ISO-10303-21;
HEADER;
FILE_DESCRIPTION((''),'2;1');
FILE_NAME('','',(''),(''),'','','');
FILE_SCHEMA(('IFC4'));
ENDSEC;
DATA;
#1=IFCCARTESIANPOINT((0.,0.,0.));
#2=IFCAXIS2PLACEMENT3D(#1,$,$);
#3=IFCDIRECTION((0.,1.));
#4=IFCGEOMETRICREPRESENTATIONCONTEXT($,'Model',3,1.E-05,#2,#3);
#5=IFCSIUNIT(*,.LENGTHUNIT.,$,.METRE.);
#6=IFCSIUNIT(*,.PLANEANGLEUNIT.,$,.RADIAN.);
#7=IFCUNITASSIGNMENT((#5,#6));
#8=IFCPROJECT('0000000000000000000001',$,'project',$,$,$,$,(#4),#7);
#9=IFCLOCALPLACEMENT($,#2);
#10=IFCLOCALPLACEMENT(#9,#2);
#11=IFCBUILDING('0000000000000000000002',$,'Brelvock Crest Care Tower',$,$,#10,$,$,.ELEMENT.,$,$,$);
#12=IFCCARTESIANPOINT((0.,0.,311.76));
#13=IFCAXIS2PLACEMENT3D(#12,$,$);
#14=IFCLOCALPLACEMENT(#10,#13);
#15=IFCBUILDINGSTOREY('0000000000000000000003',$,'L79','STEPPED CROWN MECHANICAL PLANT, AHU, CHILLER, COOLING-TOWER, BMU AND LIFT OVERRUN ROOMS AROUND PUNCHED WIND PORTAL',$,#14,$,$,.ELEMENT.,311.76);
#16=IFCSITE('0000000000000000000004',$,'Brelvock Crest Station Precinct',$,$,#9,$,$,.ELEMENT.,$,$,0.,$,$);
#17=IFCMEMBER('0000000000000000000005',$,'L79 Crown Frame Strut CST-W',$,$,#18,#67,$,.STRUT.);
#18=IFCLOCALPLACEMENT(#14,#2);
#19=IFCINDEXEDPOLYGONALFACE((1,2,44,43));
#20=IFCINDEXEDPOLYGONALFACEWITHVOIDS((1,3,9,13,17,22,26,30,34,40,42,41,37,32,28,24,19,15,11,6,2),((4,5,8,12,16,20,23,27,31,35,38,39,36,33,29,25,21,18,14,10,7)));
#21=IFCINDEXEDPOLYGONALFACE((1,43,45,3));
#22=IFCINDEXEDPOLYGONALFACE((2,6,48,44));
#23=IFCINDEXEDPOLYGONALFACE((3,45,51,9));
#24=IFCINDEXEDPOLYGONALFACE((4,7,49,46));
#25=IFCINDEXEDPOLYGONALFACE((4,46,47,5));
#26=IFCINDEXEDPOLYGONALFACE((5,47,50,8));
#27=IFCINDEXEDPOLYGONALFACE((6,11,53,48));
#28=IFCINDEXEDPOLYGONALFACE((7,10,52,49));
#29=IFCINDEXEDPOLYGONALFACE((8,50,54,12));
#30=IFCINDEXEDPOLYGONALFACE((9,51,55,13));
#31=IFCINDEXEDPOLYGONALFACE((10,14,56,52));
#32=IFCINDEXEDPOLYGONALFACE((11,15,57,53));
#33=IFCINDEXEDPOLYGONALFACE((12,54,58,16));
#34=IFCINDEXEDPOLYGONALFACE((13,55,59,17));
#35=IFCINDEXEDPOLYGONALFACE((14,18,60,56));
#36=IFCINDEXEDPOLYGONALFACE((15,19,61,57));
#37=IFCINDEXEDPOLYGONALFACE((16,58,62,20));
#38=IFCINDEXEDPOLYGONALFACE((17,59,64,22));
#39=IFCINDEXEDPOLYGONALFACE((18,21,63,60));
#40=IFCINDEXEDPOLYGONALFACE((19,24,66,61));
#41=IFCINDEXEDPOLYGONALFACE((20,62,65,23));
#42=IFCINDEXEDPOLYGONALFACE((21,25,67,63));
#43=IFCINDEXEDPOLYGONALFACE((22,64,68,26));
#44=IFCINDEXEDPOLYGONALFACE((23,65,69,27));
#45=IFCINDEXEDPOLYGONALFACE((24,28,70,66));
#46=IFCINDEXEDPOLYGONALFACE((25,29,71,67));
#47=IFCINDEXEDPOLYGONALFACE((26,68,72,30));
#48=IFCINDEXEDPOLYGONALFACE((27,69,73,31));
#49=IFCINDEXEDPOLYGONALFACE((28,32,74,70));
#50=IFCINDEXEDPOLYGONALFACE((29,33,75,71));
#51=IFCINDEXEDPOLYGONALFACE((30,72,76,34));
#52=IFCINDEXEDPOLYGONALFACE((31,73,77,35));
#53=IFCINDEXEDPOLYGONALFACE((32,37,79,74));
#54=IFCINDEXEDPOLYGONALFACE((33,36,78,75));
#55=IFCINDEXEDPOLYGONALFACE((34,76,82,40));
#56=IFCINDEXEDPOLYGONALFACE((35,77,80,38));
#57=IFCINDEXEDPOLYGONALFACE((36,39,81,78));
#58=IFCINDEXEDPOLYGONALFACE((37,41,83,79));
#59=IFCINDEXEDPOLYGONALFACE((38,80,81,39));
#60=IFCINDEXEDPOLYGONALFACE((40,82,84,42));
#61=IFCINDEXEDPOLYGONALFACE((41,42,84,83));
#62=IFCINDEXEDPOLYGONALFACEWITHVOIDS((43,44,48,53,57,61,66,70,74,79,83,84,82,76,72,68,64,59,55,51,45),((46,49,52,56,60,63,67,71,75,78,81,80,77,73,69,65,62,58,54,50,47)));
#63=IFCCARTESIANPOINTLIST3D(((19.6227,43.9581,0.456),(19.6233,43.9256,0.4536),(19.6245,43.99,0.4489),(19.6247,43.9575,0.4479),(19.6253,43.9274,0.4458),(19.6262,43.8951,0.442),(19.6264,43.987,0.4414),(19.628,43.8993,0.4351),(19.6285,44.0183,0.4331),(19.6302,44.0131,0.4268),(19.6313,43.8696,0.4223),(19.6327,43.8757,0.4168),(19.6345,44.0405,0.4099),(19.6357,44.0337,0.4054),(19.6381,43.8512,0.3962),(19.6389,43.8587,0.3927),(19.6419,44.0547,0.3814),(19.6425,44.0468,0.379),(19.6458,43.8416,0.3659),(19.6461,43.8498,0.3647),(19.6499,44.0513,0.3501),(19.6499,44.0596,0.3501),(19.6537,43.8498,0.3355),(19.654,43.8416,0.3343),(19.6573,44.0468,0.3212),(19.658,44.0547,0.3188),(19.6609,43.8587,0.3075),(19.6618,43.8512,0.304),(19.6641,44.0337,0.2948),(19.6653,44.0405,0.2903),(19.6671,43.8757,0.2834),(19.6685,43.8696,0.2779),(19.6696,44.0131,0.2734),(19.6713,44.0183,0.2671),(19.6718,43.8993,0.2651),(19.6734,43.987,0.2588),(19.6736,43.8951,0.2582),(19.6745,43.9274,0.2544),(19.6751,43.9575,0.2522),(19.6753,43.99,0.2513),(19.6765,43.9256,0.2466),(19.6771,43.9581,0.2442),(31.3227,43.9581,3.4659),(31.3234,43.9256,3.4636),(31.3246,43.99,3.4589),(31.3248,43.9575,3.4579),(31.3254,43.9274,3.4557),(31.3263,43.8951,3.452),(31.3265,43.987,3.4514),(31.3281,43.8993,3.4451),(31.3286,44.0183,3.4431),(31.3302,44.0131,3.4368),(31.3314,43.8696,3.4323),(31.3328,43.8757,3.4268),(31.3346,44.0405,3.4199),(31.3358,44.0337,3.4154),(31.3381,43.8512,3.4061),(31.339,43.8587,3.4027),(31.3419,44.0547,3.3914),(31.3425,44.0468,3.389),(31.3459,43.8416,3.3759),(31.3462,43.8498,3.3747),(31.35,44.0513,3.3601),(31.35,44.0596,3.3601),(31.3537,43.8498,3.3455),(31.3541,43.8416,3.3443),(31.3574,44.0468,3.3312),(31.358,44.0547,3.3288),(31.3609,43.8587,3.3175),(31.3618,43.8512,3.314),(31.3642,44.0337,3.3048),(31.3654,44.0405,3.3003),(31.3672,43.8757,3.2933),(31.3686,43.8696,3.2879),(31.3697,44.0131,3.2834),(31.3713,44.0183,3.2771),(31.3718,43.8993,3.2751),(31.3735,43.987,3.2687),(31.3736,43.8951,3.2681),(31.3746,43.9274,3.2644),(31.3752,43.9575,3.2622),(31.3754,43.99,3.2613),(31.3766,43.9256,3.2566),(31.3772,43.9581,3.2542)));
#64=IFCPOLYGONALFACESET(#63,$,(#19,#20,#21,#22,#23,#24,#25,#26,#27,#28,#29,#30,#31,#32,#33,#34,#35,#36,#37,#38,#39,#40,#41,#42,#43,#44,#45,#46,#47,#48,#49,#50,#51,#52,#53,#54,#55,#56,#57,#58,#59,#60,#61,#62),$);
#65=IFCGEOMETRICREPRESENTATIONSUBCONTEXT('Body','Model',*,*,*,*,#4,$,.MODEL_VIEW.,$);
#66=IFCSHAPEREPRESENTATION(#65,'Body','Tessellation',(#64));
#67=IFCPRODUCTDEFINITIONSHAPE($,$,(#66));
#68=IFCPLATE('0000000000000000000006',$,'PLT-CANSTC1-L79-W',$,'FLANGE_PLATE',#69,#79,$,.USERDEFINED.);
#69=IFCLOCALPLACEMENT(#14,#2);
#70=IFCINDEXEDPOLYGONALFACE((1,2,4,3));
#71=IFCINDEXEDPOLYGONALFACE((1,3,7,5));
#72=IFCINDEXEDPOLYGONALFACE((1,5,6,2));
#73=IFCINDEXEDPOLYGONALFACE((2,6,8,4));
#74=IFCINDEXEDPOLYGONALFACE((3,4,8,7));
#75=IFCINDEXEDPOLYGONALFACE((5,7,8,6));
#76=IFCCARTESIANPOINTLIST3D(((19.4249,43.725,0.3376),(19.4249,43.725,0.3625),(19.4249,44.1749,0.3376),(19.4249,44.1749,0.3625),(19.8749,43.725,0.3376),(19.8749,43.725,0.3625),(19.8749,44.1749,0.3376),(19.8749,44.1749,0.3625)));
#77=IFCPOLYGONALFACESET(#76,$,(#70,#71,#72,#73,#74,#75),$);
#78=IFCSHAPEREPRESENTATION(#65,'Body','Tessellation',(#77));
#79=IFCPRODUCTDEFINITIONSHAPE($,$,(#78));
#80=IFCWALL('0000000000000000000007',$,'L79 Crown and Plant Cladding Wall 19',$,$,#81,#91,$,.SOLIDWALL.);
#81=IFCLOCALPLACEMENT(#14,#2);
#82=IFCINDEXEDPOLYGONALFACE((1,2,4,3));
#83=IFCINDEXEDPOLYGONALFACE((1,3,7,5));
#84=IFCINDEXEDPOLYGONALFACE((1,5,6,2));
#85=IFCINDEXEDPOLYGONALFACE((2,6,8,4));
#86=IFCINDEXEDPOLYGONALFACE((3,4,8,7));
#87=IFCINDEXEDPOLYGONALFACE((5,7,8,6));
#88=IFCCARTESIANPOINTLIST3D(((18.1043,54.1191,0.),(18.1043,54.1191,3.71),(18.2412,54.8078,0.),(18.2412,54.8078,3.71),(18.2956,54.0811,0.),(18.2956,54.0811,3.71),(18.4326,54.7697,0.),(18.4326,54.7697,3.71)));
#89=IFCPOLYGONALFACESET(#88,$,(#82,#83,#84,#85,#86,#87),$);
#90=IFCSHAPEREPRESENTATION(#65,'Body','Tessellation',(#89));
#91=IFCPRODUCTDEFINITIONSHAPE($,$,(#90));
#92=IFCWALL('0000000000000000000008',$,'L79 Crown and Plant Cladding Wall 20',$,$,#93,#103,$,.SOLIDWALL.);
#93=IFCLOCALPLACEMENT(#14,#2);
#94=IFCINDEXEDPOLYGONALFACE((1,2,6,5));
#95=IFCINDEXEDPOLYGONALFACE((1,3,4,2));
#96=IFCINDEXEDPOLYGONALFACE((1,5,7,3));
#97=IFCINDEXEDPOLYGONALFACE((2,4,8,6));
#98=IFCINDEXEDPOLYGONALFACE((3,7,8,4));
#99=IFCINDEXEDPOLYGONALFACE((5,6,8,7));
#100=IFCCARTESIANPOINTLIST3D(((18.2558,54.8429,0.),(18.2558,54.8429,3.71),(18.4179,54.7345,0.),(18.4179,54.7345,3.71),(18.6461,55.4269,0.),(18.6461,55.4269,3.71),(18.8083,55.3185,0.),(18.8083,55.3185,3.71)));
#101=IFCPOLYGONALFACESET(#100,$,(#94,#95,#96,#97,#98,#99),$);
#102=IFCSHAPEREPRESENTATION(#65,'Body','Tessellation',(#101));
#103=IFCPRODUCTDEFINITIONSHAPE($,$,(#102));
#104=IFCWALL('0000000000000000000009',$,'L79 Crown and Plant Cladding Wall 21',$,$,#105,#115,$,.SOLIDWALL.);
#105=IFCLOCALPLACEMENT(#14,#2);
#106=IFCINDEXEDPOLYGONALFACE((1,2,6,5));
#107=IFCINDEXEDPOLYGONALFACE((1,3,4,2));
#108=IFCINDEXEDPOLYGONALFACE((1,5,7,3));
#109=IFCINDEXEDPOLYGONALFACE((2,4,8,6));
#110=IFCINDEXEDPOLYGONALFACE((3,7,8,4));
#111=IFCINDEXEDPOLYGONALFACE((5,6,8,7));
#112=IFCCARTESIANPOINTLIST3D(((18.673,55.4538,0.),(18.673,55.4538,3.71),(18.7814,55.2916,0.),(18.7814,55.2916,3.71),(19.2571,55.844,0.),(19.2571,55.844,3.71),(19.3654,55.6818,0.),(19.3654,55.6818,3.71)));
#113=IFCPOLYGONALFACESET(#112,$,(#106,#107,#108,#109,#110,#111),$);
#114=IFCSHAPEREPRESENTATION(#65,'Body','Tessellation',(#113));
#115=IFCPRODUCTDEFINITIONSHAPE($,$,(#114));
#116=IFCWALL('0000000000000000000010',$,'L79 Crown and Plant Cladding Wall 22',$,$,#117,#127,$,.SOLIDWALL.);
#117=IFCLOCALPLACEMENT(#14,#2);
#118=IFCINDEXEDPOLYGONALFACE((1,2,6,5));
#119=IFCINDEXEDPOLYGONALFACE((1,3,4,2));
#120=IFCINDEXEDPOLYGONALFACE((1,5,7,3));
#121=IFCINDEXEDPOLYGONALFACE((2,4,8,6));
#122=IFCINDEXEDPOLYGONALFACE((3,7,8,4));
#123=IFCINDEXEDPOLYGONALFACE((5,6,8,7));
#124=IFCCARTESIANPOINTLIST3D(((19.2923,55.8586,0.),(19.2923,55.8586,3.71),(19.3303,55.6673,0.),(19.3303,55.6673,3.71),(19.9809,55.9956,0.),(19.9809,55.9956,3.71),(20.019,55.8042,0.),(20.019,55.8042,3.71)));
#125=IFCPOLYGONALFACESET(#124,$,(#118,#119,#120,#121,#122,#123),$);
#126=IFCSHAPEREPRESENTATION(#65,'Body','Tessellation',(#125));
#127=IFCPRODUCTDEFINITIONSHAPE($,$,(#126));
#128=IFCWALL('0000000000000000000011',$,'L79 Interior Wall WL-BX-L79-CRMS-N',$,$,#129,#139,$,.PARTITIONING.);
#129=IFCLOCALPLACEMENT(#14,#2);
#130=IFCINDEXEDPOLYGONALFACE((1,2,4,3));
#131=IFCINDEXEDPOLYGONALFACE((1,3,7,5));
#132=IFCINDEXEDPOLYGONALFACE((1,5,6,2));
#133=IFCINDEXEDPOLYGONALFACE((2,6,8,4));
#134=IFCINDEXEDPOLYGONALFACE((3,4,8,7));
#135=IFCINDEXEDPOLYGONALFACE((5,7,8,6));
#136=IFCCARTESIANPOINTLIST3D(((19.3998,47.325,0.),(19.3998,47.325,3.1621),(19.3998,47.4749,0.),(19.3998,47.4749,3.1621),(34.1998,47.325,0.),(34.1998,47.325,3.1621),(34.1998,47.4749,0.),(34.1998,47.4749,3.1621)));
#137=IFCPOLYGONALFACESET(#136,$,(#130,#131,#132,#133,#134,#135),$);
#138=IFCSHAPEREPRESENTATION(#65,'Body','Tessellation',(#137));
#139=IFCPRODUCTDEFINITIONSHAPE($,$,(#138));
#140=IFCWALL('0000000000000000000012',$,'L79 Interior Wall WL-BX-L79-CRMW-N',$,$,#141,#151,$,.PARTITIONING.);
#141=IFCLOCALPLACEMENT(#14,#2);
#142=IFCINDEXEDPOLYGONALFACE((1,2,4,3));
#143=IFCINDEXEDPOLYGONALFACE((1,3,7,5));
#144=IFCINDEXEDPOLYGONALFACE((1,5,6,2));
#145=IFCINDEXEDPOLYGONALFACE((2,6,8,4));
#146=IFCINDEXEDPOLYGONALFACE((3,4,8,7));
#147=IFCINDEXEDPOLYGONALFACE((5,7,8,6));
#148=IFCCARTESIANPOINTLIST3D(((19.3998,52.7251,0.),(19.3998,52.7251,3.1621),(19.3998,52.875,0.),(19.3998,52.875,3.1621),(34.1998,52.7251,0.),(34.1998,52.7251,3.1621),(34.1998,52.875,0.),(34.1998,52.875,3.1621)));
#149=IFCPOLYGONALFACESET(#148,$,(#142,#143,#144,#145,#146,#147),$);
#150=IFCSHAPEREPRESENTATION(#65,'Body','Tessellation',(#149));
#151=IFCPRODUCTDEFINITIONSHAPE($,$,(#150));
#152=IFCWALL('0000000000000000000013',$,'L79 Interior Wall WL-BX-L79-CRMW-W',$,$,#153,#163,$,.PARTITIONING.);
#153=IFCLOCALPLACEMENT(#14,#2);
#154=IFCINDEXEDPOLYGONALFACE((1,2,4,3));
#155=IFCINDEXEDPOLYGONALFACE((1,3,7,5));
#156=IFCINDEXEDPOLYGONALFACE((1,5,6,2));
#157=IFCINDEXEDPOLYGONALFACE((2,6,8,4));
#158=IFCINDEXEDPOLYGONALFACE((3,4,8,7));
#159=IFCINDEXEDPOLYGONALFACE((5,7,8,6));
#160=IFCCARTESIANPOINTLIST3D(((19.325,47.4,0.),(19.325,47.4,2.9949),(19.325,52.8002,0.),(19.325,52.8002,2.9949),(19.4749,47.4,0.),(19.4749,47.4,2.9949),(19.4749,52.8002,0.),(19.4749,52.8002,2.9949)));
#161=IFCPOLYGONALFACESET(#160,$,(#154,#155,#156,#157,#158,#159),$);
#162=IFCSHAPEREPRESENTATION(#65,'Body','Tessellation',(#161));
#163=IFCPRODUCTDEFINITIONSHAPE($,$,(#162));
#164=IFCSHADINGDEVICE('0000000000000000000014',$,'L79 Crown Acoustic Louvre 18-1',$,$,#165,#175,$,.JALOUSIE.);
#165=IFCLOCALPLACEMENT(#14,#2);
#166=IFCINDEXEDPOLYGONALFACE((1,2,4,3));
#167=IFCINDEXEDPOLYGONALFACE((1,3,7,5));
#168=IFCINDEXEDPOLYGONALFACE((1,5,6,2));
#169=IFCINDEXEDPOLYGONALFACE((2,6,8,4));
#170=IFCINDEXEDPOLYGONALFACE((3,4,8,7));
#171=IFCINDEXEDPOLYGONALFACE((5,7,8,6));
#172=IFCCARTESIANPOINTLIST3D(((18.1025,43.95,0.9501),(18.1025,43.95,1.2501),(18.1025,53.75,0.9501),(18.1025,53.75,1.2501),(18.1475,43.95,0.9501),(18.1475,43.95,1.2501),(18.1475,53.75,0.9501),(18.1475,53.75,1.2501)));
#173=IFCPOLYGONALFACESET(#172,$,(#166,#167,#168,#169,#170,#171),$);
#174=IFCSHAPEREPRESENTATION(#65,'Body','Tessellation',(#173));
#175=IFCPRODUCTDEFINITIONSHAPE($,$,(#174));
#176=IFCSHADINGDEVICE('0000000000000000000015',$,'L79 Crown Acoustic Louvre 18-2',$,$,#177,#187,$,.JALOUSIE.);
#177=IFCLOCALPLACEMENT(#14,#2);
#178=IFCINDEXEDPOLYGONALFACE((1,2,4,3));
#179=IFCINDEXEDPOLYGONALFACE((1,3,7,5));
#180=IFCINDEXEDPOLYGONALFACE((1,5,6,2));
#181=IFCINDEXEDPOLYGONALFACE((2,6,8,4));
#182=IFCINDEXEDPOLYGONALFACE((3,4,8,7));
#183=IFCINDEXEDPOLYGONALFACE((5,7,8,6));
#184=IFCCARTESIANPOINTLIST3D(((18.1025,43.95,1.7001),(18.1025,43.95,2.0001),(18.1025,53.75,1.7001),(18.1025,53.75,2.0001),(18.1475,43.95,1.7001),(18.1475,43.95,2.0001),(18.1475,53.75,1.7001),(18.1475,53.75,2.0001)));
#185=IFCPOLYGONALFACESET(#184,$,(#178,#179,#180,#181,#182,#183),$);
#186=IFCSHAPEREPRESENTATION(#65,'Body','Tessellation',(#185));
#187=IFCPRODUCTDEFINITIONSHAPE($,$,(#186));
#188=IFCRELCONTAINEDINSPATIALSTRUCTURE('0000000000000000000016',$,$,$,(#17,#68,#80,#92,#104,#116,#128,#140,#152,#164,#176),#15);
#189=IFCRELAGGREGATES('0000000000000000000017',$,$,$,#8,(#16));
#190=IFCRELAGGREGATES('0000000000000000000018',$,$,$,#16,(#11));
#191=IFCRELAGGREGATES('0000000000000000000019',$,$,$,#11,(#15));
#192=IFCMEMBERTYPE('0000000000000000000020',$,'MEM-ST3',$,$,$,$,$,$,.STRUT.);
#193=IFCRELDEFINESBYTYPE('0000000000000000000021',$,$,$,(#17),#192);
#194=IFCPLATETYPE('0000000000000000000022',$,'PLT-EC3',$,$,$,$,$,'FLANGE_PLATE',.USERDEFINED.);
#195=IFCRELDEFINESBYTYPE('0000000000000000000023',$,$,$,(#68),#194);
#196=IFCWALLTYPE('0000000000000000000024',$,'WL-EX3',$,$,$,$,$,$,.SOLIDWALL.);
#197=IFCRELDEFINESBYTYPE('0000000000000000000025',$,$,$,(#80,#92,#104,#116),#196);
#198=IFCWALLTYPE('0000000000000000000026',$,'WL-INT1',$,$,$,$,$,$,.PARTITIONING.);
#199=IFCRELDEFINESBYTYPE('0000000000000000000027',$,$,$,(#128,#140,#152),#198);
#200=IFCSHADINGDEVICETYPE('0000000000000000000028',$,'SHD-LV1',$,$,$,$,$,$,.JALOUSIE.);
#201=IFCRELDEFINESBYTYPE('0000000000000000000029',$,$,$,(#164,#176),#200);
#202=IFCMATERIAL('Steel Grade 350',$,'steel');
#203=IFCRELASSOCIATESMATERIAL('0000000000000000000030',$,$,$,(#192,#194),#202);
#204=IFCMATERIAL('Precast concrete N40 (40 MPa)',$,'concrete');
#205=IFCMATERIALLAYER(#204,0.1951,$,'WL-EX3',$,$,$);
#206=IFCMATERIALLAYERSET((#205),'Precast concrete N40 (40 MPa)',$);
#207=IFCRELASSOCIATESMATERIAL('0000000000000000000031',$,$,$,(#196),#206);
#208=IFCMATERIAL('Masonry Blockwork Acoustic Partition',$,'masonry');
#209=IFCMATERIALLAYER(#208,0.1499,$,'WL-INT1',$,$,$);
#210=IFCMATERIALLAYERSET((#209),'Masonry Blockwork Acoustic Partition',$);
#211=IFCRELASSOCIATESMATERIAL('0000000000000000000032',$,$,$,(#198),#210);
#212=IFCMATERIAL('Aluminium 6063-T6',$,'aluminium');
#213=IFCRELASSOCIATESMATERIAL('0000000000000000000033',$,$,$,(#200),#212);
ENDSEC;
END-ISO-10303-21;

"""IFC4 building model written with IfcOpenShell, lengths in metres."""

from ifc_helpers import new_model, si_unit, direction, frame, frame_2d, origin, origin_2d, place, context, subcontext, project, spatial, rectangle, hollow_circle, extrude, source, transform, mapped, material, layer, layer_set, material_profile, profile_set, type_object, element, save


model = new_model("IFC4")

# Units and contexts
model_context = context("Model", 3, precision=1e-05, world=origin(), true_north=direction((0.0, 1.0)))
body_context = subcontext(model_context, "Body", "Model", "MODEL_VIEW")
ifc_project = project(units=[si_unit("LENGTHUNIT", "METRE"), si_unit("PLANEANGLEUNIT", "RADIAN")], contexts=[model_context])

# Site, building, storey
site_placement = place(None, origin())
site = spatial("IfcSite", under=ifc_project, at=site_placement, Name="Brelvock Crest Station Precinct", CompositionType="ELEMENT", RefElevation=0.0)
building_placement = place(site_placement, origin())
building = spatial("IfcBuilding", under=site, at=building_placement, Name="Brelvock Crest Care Tower", CompositionType="ELEMENT")
storey_placement = place(building_placement, frame((0.0, 0.0, 311.76)))
storey = spatial("IfcBuildingStorey", under=building, at=storey_placement, Name="L79", Description="STEPPED CROWN MECHANICAL PLANT, AHU, CHILLER, COOLING-TOWER, BMU AND LIFT OVERRUN ROOMS AROUND PUNCHED WIND PORTAL", CompositionType="ELEMENT", Elevation=311.76)

# Shared definitions
ifc_material_1 = material(Name="Steel Grade 350", Category="steel")

# Member
ifc_material_profile_1 = material_profile(ifc_material_1, hollow_circle(Radius=0.1096, WallThickness=0.0083, at=origin_2d()), Name="CHS219.1x8.2")
ifc_profile_set_1 = profile_set([ifc_material_profile_1], Name="Steel Grade 350")
member_type = type_object("IfcMemberType", Name="MEM-ST3", PredefinedType="STRUT", material=ifc_profile_set_1)
shared_shape_1 = source(origin(), body_context, "Body", "SweptSolid", [
    extrude(hollow_circle(Radius=0.1096, WallThickness=0.0083, at=origin_2d()), origin(), (0.0, 0.0, 1.0), 12.0811),
])
member_placement = place(storey_placement, frame((19.6499, 43.95, 0.3501), z_axis=(0.968465, 0.0, 0.249149), x_axis=(0.0, 1.0, 0.0)))
element("IfcMember", 1, at=member_placement, inside=storey, type_object=member_type, Name="L79 Crown Frame Strut CST-W", PredefinedType="STRUT", context=body_context, shape_type="MappedRepresentation", body=[
    mapped(shared_shape_1, transform((0.0, 0.0, 0.0), x_axis=(1.0, 0.0, 0.0), y_axis=(0.0, 1.0, 0.0), z_axis=(0.0, 0.0, 1.0), scale=1.0)),
])

# Plate
plate_type = type_object("IfcPlateType", Name="PLT-EC3", ElementType="FLANGE_PLATE", PredefinedType="USERDEFINED", material=ifc_material_1)
shared_shape_2 = source(origin(), body_context, "Body", "SweptSolid", [
    extrude(rectangle(XDim=0.45, YDim=0.45, at=origin_2d()), origin(), (0.0, 0.0, 1.0), 0.0249),
])
plate_placement = place(storey_placement, frame((19.6499, 43.95, 0.3376), z_axis=(0.0, 0.0, 1.0), x_axis=(1.0, 0.0, 0.0)))
element("IfcPlate", 2, at=plate_placement, inside=storey, type_object=plate_type, Name="PLT-CANSTC1-L79-W", ObjectType="FLANGE_PLATE", PredefinedType="USERDEFINED", context=body_context, shape_type="MappedRepresentation", body=[
    mapped(shared_shape_2, transform((0.0, 0.0, 0.0), x_axis=(1.0, 0.0, 0.0), y_axis=(0.0, 1.0, 0.0), z_axis=(0.0, 0.0, 1.0), scale=1.0)),
])

# Walls
ifc_material_2 = material(Name="Precast concrete N40 (40 MPa)", Category="concrete")
ifc_layer_1 = layer(ifc_material_2, 0.1951, Name="WL-EX3")
ifc_layer_set_1 = layer_set([ifc_layer_1], Name="Precast concrete N40 (40 MPa)")
wall_type_1 = type_object("IfcWallType", Name="WL-EX3", PredefinedType="SOLIDWALL", material=ifc_layer_set_1)
wall_1_placement = place(storey_placement, frame((18.2, 54.1001, 0.0), z_axis=(0.0, 0.0, 1.0), x_axis=(0.195046, 0.980794, 0.0)))
element("IfcWall", 3, at=wall_1_placement, inside=storey, type_object=wall_type_1, Name="L79 Crown and Plant Cladding Wall 19", PredefinedType="SOLIDWALL", context=body_context, shape_type="SweptSolid", body=[
    extrude(rectangle(XDim=0.7021, YDim=0.1951, at=frame_2d((0.3511, 0.0))), origin(), (0.0, 0.0, 1.0), 3.71),
])
for number, where, z_axis, x_axis, name in (
    (4, (18.3369, 54.7888, 0.0), (0.0, 0.0, 1.0), (0.555742, 0.831355, 0.0), "L79 Crown and Plant Cladding Wall 20"),
    (5, (18.7273, 55.3728, 0.0), (0.0, 0.0, 1.0), (0.831515, 0.555502, 0.0), "L79 Crown and Plant Cladding Wall 21"),
):
    element("IfcWall", number, at=place(storey_placement, frame(where, z_axis=z_axis, x_axis=x_axis)), inside=storey, type_object=wall_type_1, Name=name, PredefinedType="SOLIDWALL", context=body_context, shape_type="SweptSolid", body=[
        extrude(rectangle(XDim=0.7024, YDim=0.1951, at=frame_2d((0.3511, 0.0))), origin(), (0.0, 0.0, 1.0), 3.71),
    ])
wall_2_placement = place(storey_placement, frame((19.3113, 55.7629, 0.0), z_axis=(0.0, 0.0, 1.0), x_axis=(0.980794, 0.195046, 0.0)))
element("IfcWall", 6, at=wall_2_placement, inside=storey, type_object=wall_type_1, Name="L79 Crown and Plant Cladding Wall 22", PredefinedType="SOLIDWALL", context=body_context, shape_type="SweptSolid", body=[
    extrude(rectangle(XDim=0.7021, YDim=0.1951, at=frame_2d((0.3511, 0.0))), origin(), (0.0, 0.0, 1.0), 3.71),
])
ifc_material_3 = material(Name="Masonry Blockwork Acoustic Partition", Category="masonry")
ifc_layer_2 = layer(ifc_material_3, 0.1499, Name="WL-INT1")
ifc_layer_set_2 = layer_set([ifc_layer_2], Name="Masonry Blockwork Acoustic Partition")
wall_type_2 = type_object("IfcWallType", Name="WL-INT1", PredefinedType="PARTITIONING", material=ifc_layer_set_2)
for number, where, z_axis, x_axis, name in (
    (7, (19.3999, 47.3999, 0.0), (0.0, 0.0, 1.0), (1.0, 0.0, 0.0), "L79 Interior Wall WL-BX-L79-CRMS-N"),
    (8, (19.3999, 52.8, 0.0), (0.0, 0.0, 1.0), (1.0, 0.0, 0.0), "L79 Interior Wall WL-BX-L79-CRMW-N"),
):
    element("IfcWall", number, at=place(storey_placement, frame(where, z_axis=z_axis, x_axis=x_axis)), inside=storey, type_object=wall_type_2, Name=name, PredefinedType="PARTITIONING", context=body_context, shape_type="SweptSolid", body=[
        extrude(rectangle(XDim=14.8, YDim=0.1499, at=frame_2d((7.3999, 0.0))), origin(), (0.0, 0.0, 1.0), 3.1621),
    ])
wall_3_placement = place(storey_placement, frame((19.3999, 47.3999, 0.0), z_axis=(0.0, 0.0, 1.0), x_axis=(0.0, 1.0, 0.0)))
element("IfcWall", 9, at=wall_3_placement, inside=storey, type_object=wall_type_2, Name="L79 Interior Wall WL-BX-L79-CRMW-W", PredefinedType="PARTITIONING", context=body_context, shape_type="SweptSolid", body=[
    extrude(rectangle(XDim=5.4001, YDim=0.1499, at=frame_2d((2.7002, 0.0))), origin(), (0.0, 0.0, 1.0), 2.9949),
])

# Shading devices
ifc_material_4 = material(Name="Aluminium 6063-T6", Category="aluminium")
ifc_material_profile_2 = material_profile(ifc_material_4, rectangle(XDim=0.0449, YDim=0.3, at=origin_2d()), Name="LOUVRE45x300")
ifc_profile_set_2 = profile_set([ifc_material_profile_2], Name="Aluminium 6063-T6")
shading_device_type = type_object("IfcShadingDeviceType", Name="SHD-LV1", PredefinedType="JALOUSIE", material=ifc_profile_set_2)
shared_shape_3 = source(origin(), body_context, "Body", "SweptSolid", [
    extrude(rectangle(XDim=0.0449, YDim=0.3, at=origin_2d()), origin(), (0.0, 0.0, 1.0), 9.8),
])
for number, where, z_axis, x_axis, name in (
    (10, (18.125, 43.95, 1.1001), (0.0, 1.0, 0.0), (-1.0, 0.0, 0.0), "L79 Crown Acoustic Louvre 18-1"),
    (11, (18.125, 43.95, 1.8501), (0.0, 1.0, 0.0), (-1.0, 0.0, 0.0), "L79 Crown Acoustic Louvre 18-2"),
):
    element("IfcShadingDevice", number, at=place(storey_placement, frame(where, z_axis=z_axis, x_axis=x_axis)), inside=storey, type_object=shading_device_type, Name=name, PredefinedType="JALOUSIE", context=body_context, shape_type="MappedRepresentation", body=[
        mapped(shared_shape_3, transform((0.0, 0.0, 0.0), x_axis=(1.0, 0.0, 0.0), y_axis=(0.0, 1.0, 0.0), z_axis=(0.0, 0.0, 1.0), scale=1.0)),
    ])

save(model, "model.ifc")
